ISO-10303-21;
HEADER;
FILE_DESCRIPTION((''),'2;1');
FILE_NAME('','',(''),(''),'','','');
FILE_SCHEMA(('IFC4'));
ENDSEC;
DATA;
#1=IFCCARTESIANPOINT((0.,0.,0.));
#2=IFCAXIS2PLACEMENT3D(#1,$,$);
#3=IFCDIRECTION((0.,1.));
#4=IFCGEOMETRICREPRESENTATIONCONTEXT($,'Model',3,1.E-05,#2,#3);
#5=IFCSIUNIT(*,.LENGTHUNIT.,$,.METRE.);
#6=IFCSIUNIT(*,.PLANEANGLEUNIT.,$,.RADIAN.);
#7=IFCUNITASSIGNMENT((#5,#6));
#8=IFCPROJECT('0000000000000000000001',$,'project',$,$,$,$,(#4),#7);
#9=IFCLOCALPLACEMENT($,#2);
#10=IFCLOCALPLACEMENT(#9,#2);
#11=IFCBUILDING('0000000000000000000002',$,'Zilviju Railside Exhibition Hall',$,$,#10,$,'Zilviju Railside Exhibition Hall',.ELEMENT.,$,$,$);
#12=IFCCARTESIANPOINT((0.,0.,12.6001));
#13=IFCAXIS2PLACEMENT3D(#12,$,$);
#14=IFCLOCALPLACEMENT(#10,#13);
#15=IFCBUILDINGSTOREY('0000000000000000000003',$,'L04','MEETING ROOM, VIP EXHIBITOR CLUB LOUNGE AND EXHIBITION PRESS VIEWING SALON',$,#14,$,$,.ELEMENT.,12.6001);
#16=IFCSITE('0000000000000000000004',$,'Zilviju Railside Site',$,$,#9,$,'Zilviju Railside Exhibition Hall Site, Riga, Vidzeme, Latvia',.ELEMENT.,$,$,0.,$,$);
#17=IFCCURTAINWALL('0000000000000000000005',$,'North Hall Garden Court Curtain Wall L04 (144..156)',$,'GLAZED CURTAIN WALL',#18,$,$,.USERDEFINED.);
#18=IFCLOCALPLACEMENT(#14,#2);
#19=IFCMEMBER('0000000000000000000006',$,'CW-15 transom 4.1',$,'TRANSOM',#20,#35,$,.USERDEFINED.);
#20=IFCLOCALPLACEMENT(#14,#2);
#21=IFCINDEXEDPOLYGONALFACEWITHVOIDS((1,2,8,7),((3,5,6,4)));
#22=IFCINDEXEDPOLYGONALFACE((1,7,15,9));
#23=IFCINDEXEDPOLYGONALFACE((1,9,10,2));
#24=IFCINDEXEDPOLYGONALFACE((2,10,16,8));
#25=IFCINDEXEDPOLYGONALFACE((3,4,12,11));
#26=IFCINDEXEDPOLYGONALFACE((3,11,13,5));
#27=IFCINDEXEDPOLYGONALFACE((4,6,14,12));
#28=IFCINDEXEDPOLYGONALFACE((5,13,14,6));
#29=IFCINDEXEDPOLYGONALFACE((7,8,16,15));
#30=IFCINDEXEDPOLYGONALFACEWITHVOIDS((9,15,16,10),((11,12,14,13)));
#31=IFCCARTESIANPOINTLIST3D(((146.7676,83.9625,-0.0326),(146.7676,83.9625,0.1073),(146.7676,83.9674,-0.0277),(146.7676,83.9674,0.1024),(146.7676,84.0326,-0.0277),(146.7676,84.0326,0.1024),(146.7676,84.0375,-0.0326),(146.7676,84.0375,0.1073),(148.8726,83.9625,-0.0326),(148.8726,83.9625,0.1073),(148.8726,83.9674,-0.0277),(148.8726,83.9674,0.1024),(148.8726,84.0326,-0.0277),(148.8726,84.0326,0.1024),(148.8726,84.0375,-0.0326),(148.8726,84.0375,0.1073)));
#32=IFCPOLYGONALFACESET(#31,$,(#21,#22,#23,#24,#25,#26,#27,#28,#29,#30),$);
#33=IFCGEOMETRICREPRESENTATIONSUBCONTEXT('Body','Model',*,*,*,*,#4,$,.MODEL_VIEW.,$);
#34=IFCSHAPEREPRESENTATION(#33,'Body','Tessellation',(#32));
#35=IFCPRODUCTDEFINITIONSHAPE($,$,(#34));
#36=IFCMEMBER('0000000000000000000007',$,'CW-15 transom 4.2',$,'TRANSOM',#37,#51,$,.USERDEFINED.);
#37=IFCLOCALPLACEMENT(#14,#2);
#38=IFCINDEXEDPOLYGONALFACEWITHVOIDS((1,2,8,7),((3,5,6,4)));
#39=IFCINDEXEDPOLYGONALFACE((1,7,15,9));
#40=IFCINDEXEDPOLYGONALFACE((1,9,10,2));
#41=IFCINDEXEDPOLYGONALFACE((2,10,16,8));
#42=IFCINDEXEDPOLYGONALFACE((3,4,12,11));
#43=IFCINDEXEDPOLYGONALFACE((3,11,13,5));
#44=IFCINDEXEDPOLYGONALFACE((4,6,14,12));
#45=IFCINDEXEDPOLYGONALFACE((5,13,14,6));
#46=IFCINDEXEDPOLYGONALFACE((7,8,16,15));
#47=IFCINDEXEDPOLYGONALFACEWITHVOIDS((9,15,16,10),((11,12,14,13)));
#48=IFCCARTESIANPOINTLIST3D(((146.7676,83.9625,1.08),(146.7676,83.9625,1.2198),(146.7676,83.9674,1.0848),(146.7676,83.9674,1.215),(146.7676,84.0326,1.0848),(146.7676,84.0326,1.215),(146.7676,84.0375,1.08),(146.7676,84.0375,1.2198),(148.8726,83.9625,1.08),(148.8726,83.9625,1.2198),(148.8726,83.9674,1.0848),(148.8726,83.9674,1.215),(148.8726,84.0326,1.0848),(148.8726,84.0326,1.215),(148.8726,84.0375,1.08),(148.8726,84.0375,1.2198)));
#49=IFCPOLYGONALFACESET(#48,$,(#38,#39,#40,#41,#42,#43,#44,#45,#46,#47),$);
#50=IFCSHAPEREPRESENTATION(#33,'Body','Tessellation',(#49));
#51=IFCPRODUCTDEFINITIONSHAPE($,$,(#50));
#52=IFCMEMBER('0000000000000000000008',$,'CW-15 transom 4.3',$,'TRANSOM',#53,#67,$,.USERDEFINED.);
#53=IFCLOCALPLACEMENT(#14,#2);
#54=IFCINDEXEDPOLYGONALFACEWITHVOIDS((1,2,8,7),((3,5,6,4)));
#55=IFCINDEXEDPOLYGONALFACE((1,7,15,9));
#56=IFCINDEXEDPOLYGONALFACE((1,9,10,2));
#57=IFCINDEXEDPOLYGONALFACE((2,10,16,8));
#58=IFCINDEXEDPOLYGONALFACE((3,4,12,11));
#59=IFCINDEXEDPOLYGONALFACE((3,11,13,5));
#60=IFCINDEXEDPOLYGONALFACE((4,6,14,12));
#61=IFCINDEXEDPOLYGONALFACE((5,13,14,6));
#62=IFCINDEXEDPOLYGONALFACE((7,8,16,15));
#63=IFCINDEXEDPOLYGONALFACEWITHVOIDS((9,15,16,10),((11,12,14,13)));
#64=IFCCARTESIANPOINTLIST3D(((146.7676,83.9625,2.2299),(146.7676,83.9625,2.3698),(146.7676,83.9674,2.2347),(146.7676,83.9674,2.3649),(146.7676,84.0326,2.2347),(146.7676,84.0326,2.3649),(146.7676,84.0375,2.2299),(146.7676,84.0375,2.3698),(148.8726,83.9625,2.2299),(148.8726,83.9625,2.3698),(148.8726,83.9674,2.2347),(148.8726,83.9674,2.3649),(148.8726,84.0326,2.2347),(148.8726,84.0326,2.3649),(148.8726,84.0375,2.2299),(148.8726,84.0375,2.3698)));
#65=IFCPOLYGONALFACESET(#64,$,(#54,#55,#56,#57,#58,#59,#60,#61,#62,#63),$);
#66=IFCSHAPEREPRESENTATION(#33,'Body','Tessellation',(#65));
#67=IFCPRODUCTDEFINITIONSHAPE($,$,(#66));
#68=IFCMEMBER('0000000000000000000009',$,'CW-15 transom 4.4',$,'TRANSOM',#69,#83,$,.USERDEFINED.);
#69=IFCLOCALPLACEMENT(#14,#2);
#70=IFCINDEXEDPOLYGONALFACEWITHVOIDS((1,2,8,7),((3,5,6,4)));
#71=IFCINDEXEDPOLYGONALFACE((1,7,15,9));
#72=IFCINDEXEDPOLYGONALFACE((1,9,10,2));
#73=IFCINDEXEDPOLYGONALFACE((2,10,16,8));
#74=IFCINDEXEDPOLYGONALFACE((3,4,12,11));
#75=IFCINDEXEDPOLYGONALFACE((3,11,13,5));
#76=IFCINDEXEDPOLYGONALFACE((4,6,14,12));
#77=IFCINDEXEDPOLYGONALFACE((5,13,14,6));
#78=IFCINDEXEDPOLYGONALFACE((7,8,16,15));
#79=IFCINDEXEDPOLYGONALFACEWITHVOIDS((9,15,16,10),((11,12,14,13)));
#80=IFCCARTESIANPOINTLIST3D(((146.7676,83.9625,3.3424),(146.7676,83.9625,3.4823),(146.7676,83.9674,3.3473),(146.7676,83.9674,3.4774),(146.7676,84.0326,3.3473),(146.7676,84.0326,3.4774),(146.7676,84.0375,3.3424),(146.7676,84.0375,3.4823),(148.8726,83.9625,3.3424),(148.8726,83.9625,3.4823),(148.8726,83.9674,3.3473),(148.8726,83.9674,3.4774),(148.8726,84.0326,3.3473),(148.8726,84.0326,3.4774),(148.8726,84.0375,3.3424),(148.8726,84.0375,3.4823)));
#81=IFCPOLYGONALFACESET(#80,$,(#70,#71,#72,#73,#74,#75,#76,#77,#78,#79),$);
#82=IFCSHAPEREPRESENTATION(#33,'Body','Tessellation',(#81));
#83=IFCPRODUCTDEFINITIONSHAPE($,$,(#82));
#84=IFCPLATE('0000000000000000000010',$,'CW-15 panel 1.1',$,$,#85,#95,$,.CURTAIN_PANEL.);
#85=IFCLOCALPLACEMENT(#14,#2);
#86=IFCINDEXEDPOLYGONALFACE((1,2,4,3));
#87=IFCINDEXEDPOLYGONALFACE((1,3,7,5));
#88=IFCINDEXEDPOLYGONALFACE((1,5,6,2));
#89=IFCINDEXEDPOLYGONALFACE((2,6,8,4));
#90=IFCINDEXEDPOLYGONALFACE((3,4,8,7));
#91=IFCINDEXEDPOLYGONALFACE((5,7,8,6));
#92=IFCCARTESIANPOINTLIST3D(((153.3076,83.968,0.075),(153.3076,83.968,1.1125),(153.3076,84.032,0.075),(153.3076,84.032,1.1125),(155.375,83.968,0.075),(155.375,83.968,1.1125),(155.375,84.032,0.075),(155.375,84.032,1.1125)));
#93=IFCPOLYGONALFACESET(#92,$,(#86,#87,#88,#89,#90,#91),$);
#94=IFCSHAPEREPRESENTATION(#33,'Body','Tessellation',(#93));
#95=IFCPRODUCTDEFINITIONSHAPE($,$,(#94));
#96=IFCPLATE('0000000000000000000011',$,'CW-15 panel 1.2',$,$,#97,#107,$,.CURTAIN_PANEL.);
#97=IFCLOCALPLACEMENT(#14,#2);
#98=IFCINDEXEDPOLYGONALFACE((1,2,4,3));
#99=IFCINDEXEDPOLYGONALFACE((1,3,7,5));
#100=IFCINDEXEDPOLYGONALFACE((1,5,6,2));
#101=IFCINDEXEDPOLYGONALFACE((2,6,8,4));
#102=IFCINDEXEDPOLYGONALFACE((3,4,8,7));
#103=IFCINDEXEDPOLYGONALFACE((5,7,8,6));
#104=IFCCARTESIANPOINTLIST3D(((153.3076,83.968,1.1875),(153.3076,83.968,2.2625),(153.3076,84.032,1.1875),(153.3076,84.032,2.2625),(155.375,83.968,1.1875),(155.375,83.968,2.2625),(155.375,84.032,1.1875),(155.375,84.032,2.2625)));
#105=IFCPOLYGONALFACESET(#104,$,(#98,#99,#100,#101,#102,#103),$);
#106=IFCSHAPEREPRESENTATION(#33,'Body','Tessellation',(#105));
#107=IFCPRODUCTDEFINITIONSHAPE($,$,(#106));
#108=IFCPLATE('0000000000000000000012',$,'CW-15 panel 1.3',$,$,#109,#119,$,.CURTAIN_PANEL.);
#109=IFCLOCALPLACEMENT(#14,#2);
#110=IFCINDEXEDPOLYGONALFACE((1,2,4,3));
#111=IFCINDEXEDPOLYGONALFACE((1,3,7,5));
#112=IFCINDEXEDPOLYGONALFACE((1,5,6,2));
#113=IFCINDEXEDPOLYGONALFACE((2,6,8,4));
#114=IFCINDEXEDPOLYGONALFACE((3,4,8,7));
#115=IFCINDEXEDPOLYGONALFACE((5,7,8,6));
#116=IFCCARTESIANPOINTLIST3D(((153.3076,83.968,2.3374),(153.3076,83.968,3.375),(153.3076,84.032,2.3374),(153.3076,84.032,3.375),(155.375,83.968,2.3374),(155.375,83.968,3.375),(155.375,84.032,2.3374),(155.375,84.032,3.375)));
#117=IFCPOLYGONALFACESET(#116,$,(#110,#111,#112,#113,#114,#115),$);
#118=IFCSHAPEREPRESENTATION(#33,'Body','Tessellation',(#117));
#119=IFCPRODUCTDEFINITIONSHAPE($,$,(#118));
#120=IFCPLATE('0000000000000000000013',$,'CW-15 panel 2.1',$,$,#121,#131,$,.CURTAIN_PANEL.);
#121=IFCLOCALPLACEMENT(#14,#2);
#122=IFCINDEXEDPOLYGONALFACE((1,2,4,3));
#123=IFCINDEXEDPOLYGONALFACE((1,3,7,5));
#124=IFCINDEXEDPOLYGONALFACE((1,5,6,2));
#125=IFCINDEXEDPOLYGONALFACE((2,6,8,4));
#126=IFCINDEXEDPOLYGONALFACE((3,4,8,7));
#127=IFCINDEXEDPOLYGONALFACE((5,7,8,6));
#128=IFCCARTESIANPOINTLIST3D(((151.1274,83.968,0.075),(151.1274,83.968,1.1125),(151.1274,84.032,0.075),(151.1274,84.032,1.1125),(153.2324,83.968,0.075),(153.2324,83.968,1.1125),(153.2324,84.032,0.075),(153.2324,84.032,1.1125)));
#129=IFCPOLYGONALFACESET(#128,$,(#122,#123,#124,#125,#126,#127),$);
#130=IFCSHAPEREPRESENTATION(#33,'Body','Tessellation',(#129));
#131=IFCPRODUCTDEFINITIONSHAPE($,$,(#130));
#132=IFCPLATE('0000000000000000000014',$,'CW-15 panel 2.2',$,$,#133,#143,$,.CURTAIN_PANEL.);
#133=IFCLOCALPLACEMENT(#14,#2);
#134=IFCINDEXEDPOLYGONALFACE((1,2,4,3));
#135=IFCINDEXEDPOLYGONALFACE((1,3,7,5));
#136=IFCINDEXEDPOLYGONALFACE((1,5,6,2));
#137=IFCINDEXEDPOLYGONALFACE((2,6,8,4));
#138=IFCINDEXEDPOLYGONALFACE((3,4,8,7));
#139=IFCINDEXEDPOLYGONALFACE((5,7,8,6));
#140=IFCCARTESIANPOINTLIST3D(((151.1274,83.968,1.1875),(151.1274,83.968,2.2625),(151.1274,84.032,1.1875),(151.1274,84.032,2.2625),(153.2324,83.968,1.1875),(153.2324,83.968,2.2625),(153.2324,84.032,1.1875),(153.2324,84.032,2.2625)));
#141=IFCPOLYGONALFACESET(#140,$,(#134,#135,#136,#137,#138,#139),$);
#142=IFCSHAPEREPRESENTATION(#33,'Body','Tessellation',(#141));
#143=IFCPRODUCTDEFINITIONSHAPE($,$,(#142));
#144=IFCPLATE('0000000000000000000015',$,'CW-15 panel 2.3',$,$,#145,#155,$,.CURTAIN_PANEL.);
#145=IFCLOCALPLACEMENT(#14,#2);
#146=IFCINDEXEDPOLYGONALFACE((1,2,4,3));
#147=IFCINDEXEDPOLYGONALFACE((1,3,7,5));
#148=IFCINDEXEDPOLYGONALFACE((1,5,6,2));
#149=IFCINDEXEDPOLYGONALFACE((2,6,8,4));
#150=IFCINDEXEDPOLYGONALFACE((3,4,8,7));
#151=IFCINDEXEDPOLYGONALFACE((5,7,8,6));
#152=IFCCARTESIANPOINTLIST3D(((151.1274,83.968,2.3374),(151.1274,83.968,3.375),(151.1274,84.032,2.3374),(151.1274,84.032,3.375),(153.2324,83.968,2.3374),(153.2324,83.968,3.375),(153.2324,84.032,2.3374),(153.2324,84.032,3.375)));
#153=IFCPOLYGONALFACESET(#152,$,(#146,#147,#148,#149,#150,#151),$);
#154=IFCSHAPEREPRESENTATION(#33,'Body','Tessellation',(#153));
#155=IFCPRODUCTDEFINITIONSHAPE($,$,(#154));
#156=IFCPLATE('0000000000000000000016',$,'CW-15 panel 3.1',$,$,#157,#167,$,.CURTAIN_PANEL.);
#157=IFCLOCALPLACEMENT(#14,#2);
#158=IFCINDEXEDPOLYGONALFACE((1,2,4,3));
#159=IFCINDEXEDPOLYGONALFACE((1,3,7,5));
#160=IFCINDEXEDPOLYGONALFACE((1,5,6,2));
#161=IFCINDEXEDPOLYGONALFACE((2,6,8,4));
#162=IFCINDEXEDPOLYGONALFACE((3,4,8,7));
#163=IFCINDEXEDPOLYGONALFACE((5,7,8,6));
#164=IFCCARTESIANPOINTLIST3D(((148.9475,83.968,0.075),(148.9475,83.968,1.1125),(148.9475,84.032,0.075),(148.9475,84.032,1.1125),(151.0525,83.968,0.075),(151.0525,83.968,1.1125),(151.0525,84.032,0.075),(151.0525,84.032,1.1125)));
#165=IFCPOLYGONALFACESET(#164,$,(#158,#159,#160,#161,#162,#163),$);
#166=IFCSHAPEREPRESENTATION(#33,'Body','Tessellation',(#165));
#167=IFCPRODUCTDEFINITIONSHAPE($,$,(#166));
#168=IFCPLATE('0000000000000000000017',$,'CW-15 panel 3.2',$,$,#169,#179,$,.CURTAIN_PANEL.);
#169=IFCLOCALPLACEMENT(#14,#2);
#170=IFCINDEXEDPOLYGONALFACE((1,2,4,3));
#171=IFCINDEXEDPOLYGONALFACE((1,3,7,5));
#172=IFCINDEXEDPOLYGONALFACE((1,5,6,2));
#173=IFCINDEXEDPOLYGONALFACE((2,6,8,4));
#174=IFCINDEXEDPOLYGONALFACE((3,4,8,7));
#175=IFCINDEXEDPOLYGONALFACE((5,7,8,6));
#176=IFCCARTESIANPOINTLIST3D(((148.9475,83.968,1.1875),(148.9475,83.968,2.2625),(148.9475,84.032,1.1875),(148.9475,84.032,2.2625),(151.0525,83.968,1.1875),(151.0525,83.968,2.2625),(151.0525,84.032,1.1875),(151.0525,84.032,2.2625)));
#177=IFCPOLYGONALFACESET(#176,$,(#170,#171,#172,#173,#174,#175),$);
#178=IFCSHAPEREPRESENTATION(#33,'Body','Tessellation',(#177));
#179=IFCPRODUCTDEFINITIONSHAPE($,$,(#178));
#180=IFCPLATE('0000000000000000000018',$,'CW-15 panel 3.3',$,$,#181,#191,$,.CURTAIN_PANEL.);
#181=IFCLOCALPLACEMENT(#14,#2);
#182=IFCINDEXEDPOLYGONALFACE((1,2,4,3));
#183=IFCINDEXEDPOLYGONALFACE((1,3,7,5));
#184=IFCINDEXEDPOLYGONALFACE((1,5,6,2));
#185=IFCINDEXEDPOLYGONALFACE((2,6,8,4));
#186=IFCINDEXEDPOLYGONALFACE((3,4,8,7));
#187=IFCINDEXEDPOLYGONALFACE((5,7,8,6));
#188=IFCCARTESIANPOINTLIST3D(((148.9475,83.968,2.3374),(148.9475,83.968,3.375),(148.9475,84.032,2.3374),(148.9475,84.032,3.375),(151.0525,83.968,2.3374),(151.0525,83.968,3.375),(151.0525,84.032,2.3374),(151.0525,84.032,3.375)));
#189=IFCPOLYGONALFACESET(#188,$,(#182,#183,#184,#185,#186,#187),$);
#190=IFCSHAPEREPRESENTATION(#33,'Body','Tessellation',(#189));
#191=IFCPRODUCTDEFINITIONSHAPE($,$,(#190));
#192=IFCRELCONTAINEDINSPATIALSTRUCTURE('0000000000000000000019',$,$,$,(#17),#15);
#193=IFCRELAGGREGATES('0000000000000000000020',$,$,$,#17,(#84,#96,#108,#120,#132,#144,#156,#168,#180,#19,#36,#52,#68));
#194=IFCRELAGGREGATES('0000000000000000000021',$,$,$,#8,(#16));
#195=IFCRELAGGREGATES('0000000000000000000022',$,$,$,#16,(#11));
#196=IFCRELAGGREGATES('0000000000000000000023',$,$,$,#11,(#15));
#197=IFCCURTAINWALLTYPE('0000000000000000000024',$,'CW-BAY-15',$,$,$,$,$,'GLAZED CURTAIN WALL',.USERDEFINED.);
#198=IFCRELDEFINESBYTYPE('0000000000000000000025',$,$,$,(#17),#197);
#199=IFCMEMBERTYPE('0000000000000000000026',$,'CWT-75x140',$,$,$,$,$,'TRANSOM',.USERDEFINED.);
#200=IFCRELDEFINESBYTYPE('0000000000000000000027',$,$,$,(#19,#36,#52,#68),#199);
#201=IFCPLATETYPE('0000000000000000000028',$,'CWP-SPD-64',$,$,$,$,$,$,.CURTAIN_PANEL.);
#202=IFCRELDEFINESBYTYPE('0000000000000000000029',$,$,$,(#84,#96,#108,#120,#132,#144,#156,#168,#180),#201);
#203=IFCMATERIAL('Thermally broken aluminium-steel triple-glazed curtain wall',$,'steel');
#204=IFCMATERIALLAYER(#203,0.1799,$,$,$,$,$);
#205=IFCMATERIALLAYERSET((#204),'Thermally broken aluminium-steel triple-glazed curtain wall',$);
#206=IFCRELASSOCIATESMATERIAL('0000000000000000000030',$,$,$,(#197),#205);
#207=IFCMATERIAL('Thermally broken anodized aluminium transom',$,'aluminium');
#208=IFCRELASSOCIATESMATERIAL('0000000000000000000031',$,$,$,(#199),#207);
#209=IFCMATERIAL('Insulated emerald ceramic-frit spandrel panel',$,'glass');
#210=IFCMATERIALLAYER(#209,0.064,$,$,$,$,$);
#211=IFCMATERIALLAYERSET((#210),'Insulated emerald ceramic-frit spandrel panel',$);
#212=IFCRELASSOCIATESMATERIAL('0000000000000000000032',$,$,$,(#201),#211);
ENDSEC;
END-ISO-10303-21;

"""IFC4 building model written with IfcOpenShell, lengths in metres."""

from ifc_helpers import new_model, si_unit, direction, frame, origin, origin_2d, place, context, subcontext, project, spatial, rectangle, hollow_rectangle, extrude, material, layer, layer_set, material_profile, profile_set, type_object, element, aggregate, save


model = new_model("IFC4")

# Units and contexts
model_context = context("Model", 3, precision=1e-05, world=origin(), true_north=direction((0.0, 1.0)))
body_context = subcontext(model_context, "Body", "Model", "MODEL_VIEW")
ifc_project = project(units=[si_unit("LENGTHUNIT", "METRE"), si_unit("PLANEANGLEUNIT", "RADIAN")], contexts=[model_context])

# Site, building, storey
site_placement = place(None, origin())
site = spatial("IfcSite", under=ifc_project, at=site_placement, Name="Zilviju Railside Site", LongName="Zilviju Railside Exhibition Hall Site, Riga, Vidzeme, Latvia", CompositionType="ELEMENT", RefElevation=0.0)
building_placement = place(site_placement, origin())
building = spatial("IfcBuilding", under=site, at=building_placement, Name="Zilviju Railside Exhibition Hall", LongName="Zilviju Railside Exhibition Hall", CompositionType="ELEMENT")
storey_placement = place(building_placement, frame((0.0, 0.0, 12.6001)))
storey = spatial("IfcBuildingStorey", under=building, at=storey_placement, Name="L04", Description="MEETING ROOM, VIP EXHIBITOR CLUB LOUNGE AND EXHIBITION PRESS VIEWING SALON", CompositionType="ELEMENT", Elevation=12.6001)

# Curtain wall, members, plates
ifc_material_1 = material(Name="Thermally broken aluminium-steel triple-glazed curtain wall", Category="steel")
ifc_layer_1 = layer(ifc_material_1, 0.1799)
ifc_layer_set_1 = layer_set([ifc_layer_1], Name="Thermally broken aluminium-steel triple-glazed curtain wall")
curtain_wall_type = type_object("IfcCurtainWallType", Name="CW-BAY-15", ElementType="GLAZED CURTAIN WALL", PredefinedType="USERDEFINED", material=ifc_layer_set_1)
curtain_wall_placement = place(storey_placement, origin())
curtain_wall = element("IfcCurtainWall", 1, at=curtain_wall_placement, inside=storey, type_object=curtain_wall_type, Name="North Hall Garden Court Curtain Wall L04 (144..156)", ObjectType="GLAZED CURTAIN WALL", PredefinedType="USERDEFINED")
ifc_material_2 = material(Name="Thermally broken anodized aluminium transom", Category="aluminium")
ifc_material_profile_1 = material_profile(ifc_material_2, hollow_rectangle(XDim=0.075, YDim=0.1399, WallThickness=0.0049, at=origin_2d()), Name="TRANSOM 140x75x5")
ifc_profile_set_1 = profile_set([ifc_material_profile_1], Name="Thermally broken anodized aluminium transom")
member_type_1 = type_object("IfcMemberType", Name="CWT-75x140", ElementType="TRANSOM", PredefinedType="USERDEFINED", material=ifc_profile_set_1)
member_1_placement = place(storey_placement, frame((148.8726, 84.0, 0.0374), z_axis=(-1.0, 0.0, 0.0), x_axis=(0.0, -1.0, 0.0)))
member_1 = element("IfcMember", 2, at=member_1_placement, type_object=member_type_1, Name="CW-15 transom 4.1", ObjectType="TRANSOM", PredefinedType="USERDEFINED", context=body_context, shape_type="SweptSolid", body=[
    extrude(hollow_rectangle(XDim=0.075, YDim=0.1399, WallThickness=0.0049, at=origin_2d()), origin(), (0.0, 0.0, 1.0), 2.105),
])
member_2_placement = place(storey_placement, frame((148.8726, 84.0, 1.1499), z_axis=(-1.0, 0.0, 0.0), x_axis=(0.0, -1.0, 0.0)))
member_2 = element("IfcMember", 3, at=member_2_placement, type_object=member_type_1, Name="CW-15 transom 4.2", ObjectType="TRANSOM", PredefinedType="USERDEFINED", context=body_context, shape_type="SweptSolid", body=[
    extrude(hollow_rectangle(XDim=0.075, YDim=0.1399, WallThickness=0.0049, at=origin_2d()), origin(), (0.0, 0.0, 1.0), 2.105),
])
member_3_placement = place(storey_placement, frame((148.8726, 84.0, 2.2998), z_axis=(-1.0, 0.0, 0.0), x_axis=(0.0, -1.0, 0.0)))
member_3 = element("IfcMember", 4, at=member_3_placement, type_object=member_type_1, Name="CW-15 transom 4.3", ObjectType="TRANSOM", PredefinedType="USERDEFINED", context=body_context, shape_type="SweptSolid", body=[
    extrude(hollow_rectangle(XDim=0.075, YDim=0.1399, WallThickness=0.0049, at=origin_2d()), origin(), (0.0, 0.0, 1.0), 2.105),
])
member_4_placement = place(storey_placement, frame((148.8726, 84.0, 3.4124), z_axis=(-1.0, 0.0, 0.0), x_axis=(0.0, -1.0, 0.0)))
member_4 = element("IfcMember", 5, at=member_4_placement, type_object=member_type_1, Name="CW-15 transom 4.4", ObjectType="TRANSOM", PredefinedType="USERDEFINED", context=body_context, shape_type="SweptSolid", body=[
    extrude(hollow_rectangle(XDim=0.075, YDim=0.1399, WallThickness=0.0049, at=origin_2d()), origin(), (0.0, 0.0, 1.0), 2.105),
])
ifc_material_3 = material(Name="Insulated emerald ceramic-frit spandrel panel", Category="glass")
ifc_layer_2 = layer(ifc_material_3, 0.064)
ifc_layer_set_2 = layer_set([ifc_layer_2], Name="Insulated emerald ceramic-frit spandrel panel")
plate_type = type_object("IfcPlateType", Name="CWP-SPD-64", PredefinedType="CURTAIN_PANEL", material=ifc_layer_set_2)
plate_1_placement = place(storey_placement, frame((154.3413, 84.0, 0.075), z_axis=(0.0, 0.0, 1.0), x_axis=(-1.0, 0.0, 0.0)))
plate_1 = element("IfcPlate", 6, at=plate_1_placement, type_object=plate_type, Name="CW-15 panel 1.1", PredefinedType="CURTAIN_PANEL", context=body_context, shape_type="SweptSolid", body=[
    extrude(rectangle(XDim=2.0674, YDim=0.064, at=origin_2d()), origin(), (0.0, 0.0, 1.0), 1.0376),
])
plate_2_placement = place(storey_placement, frame((154.3413, 84.0, 1.1875), z_axis=(0.0, 0.0, 1.0), x_axis=(-1.0, 0.0, 0.0)))
plate_2 = element("IfcPlate", 7, at=plate_2_placement, type_object=plate_type, Name="CW-15 panel 1.2", PredefinedType="CURTAIN_PANEL", context=body_context, shape_type="SweptSolid", body=[
    extrude(rectangle(XDim=2.0674, YDim=0.064, at=origin_2d()), origin(), (0.0, 0.0, 1.0), 1.075),
])
plate_3_placement = place(storey_placement, frame((154.3413, 84.0, 2.3374), z_axis=(0.0, 0.0, 1.0), x_axis=(-1.0, 0.0, 0.0)))
plate_3 = element("IfcPlate", 8, at=plate_3_placement, type_object=plate_type, Name="CW-15 panel 1.3", PredefinedType="CURTAIN_PANEL", context=body_context, shape_type="SweptSolid", body=[
    extrude(rectangle(XDim=2.0674, YDim=0.064, at=origin_2d()), origin(), (0.0, 0.0, 1.0), 1.0376),
])
plate_4_placement = place(storey_placement, frame((152.1799, 84.0, 0.075), z_axis=(0.0, 0.0, 1.0), x_axis=(-1.0, 0.0, 0.0)))
plate_4 = element("IfcPlate", 9, at=plate_4_placement, type_object=plate_type, Name="CW-15 panel 2.1", PredefinedType="CURTAIN_PANEL", context=body_context, shape_type="SweptSolid", body=[
    extrude(rectangle(XDim=2.105, YDim=0.064, at=origin_2d()), origin(), (0.0, 0.0, 1.0), 1.0376),
])
plate_5_placement = place(storey_placement, frame((152.1799, 84.0, 1.1875), z_axis=(0.0, 0.0, 1.0), x_axis=(-1.0, 0.0, 0.0)))
plate_5 = element("IfcPlate", 10, at=plate_5_placement, type_object=plate_type, Name="CW-15 panel 2.2", PredefinedType="CURTAIN_PANEL", context=body_context, shape_type="SweptSolid", body=[
    extrude(rectangle(XDim=2.105, YDim=0.064, at=origin_2d()), origin(), (0.0, 0.0, 1.0), 1.075),
])
plate_6_placement = place(storey_placement, frame((152.1799, 84.0, 2.3374), z_axis=(0.0, 0.0, 1.0), x_axis=(-1.0, 0.0, 0.0)))
plate_6 = element("IfcPlate", 11, at=plate_6_placement, type_object=plate_type, Name="CW-15 panel 2.3", PredefinedType="CURTAIN_PANEL", context=body_context, shape_type="SweptSolid", body=[
    extrude(rectangle(XDim=2.105, YDim=0.064, at=origin_2d()), origin(), (0.0, 0.0, 1.0), 1.0376),
])
plate_7_placement = place(storey_placement, frame((150.0, 84.0, 0.075), z_axis=(0.0, 0.0, 1.0), x_axis=(-1.0, 0.0, 0.0)))
plate_7 = element("IfcPlate", 12, at=plate_7_placement, type_object=plate_type, Name="CW-15 panel 3.1", PredefinedType="CURTAIN_PANEL", context=body_context, shape_type="SweptSolid", body=[
    extrude(rectangle(XDim=2.105, YDim=0.064, at=origin_2d()), origin(), (0.0, 0.0, 1.0), 1.0376),
])
plate_8_placement = place(storey_placement, frame((150.0, 84.0, 1.1875), z_axis=(0.0, 0.0, 1.0), x_axis=(-1.0, 0.0, 0.0)))
plate_8 = element("IfcPlate", 13, at=plate_8_placement, type_object=plate_type, Name="CW-15 panel 3.2", PredefinedType="CURTAIN_PANEL", context=body_context, shape_type="SweptSolid", body=[
    extrude(rectangle(XDim=2.105, YDim=0.064, at=origin_2d()), origin(), (0.0, 0.0, 1.0), 1.075),
])
plate_9_placement = place(storey_placement, frame((150.0, 84.0, 2.3374), z_axis=(0.0, 0.0, 1.0), x_axis=(-1.0, 0.0, 0.0)))
plate_9 = element("IfcPlate", 14, at=plate_9_placement, type_object=plate_type, Name="CW-15 panel 3.3", PredefinedType="CURTAIN_PANEL", context=body_context, shape_type="SweptSolid", body=[
    extrude(rectangle(XDim=2.105, YDim=0.064, at=origin_2d()), origin(), (0.0, 0.0, 1.0), 1.0376),
])
aggregate(curtain_wall, [plate_1, plate_2, plate_3, plate_4, plate_5, plate_6, plate_7, plate_8, plate_9, member_1, member_2, member_3, member_4])

save(model, "model.ifc")
